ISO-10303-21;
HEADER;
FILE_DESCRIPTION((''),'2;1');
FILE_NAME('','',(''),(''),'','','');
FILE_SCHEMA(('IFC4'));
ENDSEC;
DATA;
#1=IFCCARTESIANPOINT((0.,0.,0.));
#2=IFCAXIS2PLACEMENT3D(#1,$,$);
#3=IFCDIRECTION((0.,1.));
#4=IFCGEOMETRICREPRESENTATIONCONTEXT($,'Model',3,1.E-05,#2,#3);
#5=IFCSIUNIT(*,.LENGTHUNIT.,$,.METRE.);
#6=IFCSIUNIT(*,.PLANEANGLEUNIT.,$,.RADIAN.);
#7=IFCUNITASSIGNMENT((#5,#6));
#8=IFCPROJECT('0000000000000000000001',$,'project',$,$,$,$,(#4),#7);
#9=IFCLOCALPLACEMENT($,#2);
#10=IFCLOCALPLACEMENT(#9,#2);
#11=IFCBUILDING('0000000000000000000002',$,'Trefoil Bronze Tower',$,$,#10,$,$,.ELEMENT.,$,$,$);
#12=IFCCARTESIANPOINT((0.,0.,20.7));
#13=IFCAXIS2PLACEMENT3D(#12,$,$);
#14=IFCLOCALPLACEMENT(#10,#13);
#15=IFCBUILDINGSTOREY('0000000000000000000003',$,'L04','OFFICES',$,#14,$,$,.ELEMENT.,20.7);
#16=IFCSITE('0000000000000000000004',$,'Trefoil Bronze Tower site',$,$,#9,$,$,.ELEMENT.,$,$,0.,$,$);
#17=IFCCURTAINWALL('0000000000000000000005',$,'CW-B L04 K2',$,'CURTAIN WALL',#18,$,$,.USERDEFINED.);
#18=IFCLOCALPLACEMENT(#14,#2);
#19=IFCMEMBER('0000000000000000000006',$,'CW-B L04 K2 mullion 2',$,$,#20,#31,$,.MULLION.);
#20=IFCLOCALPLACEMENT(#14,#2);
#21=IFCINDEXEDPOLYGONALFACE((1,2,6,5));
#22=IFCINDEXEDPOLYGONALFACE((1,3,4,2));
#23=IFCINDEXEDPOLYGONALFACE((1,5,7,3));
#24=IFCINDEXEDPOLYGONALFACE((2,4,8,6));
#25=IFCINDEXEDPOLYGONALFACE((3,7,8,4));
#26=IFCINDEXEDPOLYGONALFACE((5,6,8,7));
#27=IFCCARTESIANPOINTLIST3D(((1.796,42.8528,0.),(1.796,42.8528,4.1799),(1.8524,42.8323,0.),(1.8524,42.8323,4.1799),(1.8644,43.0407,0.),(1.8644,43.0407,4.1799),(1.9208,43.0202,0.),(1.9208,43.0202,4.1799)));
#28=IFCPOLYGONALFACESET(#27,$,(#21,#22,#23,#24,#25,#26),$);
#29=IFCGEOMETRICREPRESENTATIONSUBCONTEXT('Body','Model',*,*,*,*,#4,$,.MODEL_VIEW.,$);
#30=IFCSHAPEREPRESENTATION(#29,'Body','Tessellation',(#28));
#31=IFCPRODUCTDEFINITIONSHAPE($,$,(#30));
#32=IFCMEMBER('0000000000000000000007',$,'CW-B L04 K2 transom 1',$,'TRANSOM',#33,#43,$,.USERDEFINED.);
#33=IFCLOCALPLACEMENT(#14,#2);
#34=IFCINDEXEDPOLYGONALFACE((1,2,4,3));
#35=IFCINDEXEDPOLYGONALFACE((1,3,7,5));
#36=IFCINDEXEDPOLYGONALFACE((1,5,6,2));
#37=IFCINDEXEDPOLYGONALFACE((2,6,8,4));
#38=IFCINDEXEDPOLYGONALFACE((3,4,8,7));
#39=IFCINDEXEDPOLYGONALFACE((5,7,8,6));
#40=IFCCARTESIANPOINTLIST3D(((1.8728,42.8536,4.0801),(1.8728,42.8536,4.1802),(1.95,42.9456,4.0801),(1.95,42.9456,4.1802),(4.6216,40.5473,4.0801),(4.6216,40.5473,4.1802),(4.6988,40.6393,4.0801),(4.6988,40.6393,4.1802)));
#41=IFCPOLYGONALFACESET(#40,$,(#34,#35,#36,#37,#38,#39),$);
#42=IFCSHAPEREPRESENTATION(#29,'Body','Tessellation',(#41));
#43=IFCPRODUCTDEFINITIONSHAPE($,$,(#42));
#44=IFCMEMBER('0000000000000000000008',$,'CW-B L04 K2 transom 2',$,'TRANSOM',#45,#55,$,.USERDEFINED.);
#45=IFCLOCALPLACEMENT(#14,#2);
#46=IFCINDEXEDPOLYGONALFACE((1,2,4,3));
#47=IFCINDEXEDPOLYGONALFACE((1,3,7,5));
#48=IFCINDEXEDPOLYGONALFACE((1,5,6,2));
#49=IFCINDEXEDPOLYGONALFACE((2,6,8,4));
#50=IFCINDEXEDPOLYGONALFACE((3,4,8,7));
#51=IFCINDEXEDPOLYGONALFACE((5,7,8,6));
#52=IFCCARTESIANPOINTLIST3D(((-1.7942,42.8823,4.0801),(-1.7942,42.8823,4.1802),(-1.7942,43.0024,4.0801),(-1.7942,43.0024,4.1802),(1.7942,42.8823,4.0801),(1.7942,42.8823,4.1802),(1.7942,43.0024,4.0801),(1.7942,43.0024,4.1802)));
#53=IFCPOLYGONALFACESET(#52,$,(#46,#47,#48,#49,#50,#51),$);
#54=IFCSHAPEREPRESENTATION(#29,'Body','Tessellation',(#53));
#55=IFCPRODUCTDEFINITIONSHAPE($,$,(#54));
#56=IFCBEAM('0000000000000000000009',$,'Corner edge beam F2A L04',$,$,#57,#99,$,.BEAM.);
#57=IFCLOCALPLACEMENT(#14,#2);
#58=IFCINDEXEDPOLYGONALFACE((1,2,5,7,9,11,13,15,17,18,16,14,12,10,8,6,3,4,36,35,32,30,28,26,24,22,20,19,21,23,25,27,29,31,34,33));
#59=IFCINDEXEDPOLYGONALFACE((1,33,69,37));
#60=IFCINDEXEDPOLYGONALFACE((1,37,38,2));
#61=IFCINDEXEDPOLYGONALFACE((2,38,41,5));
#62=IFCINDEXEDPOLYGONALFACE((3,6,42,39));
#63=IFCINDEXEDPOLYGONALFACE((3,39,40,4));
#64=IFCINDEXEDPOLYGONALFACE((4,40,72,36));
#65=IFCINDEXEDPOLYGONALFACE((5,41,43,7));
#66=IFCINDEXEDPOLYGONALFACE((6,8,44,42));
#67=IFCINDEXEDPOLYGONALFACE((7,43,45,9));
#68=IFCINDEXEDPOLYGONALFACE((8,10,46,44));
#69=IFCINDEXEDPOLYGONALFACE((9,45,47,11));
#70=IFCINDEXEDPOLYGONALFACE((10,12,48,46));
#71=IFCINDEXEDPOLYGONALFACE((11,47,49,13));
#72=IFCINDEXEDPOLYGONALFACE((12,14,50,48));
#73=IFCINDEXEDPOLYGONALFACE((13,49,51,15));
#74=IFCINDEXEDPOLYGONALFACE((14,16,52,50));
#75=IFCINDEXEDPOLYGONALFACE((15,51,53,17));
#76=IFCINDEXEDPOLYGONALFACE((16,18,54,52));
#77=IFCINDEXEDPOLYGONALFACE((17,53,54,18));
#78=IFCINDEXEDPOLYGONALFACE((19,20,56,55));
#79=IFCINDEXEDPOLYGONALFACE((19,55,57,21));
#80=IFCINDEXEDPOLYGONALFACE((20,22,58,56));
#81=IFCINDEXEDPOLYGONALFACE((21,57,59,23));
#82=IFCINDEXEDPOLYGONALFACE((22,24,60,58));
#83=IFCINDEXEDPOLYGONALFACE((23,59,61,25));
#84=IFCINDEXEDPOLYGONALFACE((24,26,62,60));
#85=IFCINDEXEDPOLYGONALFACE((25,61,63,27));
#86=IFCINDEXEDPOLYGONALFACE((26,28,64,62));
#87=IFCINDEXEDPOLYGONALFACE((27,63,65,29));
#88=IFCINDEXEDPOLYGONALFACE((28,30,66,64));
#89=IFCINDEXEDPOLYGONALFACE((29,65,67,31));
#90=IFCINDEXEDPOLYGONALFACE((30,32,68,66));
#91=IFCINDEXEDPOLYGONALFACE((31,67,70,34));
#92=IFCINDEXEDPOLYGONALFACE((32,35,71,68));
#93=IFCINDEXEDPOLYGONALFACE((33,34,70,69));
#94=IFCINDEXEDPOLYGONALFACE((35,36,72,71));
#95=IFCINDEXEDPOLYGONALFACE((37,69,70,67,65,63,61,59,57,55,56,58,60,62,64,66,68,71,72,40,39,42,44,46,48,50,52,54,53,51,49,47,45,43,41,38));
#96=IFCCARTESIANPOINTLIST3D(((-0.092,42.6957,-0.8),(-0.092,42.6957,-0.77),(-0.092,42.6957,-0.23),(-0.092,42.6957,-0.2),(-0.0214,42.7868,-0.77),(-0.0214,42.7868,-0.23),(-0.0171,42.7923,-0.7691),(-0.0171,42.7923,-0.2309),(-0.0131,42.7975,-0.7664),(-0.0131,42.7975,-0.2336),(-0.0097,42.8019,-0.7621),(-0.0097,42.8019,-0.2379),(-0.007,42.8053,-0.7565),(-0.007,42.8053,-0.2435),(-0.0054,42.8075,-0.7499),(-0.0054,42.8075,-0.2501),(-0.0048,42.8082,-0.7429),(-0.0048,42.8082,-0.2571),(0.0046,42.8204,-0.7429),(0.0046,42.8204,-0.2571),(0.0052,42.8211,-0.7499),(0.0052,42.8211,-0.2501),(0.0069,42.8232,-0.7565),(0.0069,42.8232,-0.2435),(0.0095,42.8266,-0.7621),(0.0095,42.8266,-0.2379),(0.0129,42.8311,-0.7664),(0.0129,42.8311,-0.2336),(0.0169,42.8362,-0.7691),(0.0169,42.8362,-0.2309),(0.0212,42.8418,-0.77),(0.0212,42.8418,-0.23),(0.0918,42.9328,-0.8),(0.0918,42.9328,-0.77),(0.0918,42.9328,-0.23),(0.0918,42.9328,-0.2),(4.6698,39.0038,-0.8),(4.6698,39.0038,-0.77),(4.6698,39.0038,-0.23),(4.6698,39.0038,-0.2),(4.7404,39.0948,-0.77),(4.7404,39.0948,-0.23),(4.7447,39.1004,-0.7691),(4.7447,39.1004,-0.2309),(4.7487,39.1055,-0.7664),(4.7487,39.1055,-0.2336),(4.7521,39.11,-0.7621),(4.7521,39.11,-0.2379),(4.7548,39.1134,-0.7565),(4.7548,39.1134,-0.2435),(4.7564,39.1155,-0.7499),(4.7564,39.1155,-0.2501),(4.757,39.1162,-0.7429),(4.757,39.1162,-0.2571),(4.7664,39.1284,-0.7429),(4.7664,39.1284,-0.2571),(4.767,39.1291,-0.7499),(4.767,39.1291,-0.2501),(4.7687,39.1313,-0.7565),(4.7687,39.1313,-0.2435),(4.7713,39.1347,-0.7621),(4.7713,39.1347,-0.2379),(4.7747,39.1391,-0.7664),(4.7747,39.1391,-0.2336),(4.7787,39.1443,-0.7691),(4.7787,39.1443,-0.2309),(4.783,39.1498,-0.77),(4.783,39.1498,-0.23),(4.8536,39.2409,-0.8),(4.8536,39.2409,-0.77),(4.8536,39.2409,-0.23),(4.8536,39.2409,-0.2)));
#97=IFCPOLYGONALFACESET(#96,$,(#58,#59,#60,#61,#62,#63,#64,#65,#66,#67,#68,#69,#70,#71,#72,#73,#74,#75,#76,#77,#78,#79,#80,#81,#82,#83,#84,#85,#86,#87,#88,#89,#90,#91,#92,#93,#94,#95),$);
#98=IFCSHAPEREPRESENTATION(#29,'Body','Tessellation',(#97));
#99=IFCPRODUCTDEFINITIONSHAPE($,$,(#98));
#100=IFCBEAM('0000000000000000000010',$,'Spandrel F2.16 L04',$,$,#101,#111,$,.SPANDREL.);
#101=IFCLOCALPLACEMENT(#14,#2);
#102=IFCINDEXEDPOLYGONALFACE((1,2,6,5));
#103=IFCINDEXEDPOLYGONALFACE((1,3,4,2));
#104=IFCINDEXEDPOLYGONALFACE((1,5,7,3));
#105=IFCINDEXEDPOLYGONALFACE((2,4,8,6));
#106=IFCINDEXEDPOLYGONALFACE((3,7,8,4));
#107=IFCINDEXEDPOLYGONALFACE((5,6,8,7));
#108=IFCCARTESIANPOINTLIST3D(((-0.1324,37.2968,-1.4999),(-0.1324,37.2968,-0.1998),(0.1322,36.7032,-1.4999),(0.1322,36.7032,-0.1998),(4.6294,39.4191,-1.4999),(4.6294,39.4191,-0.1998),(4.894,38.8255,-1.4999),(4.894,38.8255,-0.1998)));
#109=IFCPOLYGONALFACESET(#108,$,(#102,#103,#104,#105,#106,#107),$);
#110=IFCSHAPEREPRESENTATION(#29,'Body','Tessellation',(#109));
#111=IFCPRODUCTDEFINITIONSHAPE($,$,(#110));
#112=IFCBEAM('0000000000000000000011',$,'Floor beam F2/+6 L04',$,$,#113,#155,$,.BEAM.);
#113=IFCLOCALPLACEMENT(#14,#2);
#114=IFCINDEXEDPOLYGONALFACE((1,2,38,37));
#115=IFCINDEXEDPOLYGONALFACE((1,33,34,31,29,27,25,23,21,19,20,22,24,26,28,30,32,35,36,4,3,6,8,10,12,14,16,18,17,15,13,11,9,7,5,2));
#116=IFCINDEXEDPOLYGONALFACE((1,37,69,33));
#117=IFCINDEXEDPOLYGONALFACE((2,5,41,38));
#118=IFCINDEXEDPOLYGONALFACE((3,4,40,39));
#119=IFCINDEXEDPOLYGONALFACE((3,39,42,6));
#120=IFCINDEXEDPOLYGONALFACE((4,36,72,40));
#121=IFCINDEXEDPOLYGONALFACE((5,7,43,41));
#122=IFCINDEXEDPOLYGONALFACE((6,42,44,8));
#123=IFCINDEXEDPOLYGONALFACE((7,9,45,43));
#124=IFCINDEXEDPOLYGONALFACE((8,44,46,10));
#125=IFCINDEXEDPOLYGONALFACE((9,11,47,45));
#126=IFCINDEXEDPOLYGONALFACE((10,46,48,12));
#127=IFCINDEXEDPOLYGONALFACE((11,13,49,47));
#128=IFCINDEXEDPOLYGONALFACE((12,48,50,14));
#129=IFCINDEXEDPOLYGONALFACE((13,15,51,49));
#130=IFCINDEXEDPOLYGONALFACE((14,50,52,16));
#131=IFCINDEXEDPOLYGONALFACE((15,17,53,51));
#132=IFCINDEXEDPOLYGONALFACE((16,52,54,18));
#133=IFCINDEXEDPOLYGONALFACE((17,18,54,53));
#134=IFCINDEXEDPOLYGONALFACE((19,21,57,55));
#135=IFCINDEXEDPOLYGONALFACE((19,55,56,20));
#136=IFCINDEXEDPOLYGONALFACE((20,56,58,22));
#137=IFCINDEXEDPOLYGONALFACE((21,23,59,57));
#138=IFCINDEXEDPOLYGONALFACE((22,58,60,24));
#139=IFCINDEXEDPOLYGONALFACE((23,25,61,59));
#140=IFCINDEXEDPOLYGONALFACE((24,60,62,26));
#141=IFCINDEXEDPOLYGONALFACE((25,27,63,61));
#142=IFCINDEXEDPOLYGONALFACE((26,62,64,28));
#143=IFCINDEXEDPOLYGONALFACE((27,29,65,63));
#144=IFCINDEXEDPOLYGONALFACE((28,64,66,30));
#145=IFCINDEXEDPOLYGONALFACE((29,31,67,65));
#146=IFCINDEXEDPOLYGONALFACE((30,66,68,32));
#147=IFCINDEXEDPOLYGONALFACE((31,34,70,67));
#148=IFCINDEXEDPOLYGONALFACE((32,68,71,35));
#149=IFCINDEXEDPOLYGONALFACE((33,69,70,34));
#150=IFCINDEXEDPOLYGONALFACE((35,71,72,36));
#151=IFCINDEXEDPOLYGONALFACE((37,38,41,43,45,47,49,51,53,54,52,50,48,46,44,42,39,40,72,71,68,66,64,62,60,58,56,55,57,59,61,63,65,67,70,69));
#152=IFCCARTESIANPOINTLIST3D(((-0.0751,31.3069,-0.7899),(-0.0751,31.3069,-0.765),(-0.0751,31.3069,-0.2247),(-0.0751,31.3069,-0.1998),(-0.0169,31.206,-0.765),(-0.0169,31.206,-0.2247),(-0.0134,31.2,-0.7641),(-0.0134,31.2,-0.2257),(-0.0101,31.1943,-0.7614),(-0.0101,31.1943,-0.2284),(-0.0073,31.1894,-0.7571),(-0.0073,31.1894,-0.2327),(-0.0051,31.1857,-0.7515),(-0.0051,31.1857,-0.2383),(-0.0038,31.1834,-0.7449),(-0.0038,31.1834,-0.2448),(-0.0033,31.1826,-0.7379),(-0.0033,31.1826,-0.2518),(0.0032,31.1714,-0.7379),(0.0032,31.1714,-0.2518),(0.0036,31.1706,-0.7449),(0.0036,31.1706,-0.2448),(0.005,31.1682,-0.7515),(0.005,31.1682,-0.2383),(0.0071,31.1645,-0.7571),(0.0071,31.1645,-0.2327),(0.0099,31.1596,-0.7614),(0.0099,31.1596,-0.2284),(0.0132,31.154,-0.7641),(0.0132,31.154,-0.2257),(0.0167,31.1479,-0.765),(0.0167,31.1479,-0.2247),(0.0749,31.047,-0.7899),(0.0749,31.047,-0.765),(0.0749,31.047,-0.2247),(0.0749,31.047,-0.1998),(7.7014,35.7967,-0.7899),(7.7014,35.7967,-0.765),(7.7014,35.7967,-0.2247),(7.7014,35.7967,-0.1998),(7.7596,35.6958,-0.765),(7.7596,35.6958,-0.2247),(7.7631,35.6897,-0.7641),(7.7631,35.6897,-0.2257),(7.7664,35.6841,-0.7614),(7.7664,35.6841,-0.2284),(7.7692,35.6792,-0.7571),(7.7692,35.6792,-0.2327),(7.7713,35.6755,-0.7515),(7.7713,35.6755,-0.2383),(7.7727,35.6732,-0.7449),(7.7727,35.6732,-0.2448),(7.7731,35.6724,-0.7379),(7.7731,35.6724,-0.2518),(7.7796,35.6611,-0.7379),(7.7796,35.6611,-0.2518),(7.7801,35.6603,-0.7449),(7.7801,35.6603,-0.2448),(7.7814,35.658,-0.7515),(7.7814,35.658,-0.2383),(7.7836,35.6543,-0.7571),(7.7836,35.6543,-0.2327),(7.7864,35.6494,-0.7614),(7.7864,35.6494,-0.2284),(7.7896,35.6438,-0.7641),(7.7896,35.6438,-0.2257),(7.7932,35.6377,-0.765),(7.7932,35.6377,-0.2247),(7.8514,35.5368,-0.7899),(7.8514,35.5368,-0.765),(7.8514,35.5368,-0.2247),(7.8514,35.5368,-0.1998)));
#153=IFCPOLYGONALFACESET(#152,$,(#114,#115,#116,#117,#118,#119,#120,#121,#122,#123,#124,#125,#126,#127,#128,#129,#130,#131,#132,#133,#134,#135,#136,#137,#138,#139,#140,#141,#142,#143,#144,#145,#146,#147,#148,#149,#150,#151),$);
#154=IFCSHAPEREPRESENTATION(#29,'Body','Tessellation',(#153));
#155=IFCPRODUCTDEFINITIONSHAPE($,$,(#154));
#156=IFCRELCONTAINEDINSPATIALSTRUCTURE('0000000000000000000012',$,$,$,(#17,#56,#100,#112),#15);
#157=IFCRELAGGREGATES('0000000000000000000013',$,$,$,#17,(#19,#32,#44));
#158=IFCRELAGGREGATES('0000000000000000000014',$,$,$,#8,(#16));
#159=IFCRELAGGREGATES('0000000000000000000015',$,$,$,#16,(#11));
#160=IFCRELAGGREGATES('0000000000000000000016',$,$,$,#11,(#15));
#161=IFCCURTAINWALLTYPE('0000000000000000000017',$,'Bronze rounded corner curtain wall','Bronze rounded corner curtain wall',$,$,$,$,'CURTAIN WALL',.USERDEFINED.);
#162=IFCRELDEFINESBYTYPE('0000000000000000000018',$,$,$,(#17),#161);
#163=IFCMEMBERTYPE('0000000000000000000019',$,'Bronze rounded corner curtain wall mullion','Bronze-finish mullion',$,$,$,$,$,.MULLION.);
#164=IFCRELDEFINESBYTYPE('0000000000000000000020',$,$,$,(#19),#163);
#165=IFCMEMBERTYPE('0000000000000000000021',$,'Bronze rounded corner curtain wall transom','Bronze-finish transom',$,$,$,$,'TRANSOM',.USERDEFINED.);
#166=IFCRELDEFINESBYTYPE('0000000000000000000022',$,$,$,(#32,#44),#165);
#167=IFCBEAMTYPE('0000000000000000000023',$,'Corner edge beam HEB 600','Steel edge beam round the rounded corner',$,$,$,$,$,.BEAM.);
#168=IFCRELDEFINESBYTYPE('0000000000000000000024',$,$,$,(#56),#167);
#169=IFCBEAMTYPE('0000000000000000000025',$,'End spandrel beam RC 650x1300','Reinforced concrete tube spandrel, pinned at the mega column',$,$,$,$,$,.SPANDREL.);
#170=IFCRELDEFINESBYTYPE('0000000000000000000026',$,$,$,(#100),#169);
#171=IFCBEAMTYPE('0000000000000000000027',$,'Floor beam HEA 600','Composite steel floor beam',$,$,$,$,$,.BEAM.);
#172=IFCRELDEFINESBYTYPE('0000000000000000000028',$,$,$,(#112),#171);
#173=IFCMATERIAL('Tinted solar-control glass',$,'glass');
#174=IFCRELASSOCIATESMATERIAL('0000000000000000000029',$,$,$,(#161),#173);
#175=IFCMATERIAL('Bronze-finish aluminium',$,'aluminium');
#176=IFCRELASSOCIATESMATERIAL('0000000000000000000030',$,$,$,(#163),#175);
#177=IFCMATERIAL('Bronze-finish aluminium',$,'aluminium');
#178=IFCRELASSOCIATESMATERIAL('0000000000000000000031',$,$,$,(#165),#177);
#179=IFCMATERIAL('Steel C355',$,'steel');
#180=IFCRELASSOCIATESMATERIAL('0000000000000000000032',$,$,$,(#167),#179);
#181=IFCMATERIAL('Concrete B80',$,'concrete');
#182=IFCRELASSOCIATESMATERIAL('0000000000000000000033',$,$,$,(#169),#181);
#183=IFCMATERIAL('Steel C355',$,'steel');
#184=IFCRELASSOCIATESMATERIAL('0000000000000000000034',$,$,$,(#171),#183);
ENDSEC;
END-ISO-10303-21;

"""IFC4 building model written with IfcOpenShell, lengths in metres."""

from ifc_helpers import new_model, si_unit, direction, frame, origin, origin_2d, place, context, subcontext, project, spatial, rectangle, i_section, extrude, material, material_profile, profile_set, type_object, element, aggregate, save


model = new_model("IFC4")

# Units and contexts
model_context = context("Model", 3, precision=1e-05, world=origin(), true_north=direction((0.0, 1.0)))
body_context = subcontext(model_context, "Body", "Model", "MODEL_VIEW")
ifc_project = project(units=[si_unit("LENGTHUNIT", "METRE"), si_unit("PLANEANGLEUNIT", "RADIAN")], contexts=[model_context])

# Site, building, storey
site_placement = place(None, origin())
site = spatial("IfcSite", under=ifc_project, at=site_placement, Name="Trefoil Bronze Tower site", CompositionType="ELEMENT", RefElevation=0.0)
building_placement = place(site_placement, origin())
building = spatial("IfcBuilding", under=site, at=building_placement, Name="Trefoil Bronze Tower", CompositionType="ELEMENT")
storey_placement = place(building_placement, frame((0.0, 0.0, 20.7)))
storey = spatial("IfcBuildingStorey", under=building, at=storey_placement, Name="L04", Description="OFFICES", CompositionType="ELEMENT", Elevation=20.7)

# Curtain wall, members
ifc_material_1 = material(Name="Tinted solar-control glass", Category="glass")
curtain_wall_type_1 = type_object("IfcCurtainWallType", Name="Bronze rounded corner curtain wall", Description="Bronze rounded corner curtain wall", ElementType="CURTAIN WALL", PredefinedType="USERDEFINED", material=ifc_material_1)
curtain_wall_1_placement = place(storey_placement, origin())
curtain_wall_1 = element("IfcCurtainWall", 1, at=curtain_wall_1_placement, inside=storey, type_object=curtain_wall_type_1, Name="CW-B L04 K2", ObjectType="CURTAIN WALL", PredefinedType="USERDEFINED")
ifc_material_2 = material(Name="Bronze-finish aluminium", Category="aluminium")
ifc_material_profile_1 = material_profile(ifc_material_2, rectangle(XDim=0.2, YDim=0.0601, at=origin_2d()), Name="CW-B mullion")
ifc_profile_set_1 = profile_set([ifc_material_profile_1], Name="Bronze-finish aluminium")
member_type_1 = type_object("IfcMemberType", Name="Bronze rounded corner curtain wall mullion", Description="Bronze-finish mullion", PredefinedType="MULLION", material=ifc_profile_set_1)
member_1_placement = place(storey_placement, frame((1.8584, 42.9365, 0.0), z_axis=(0.0, 0.0, 1.0), x_axis=(-0.34202, -0.939693, 0.0)))
member_1 = element("IfcMember", 2, at=member_1_placement, type_object=member_type_1, Name="CW-B L04 K2 mullion 2", PredefinedType="MULLION", context=body_context, shape_type="SweptSolid", body=[
    extrude(rectangle(XDim=0.2, YDim=0.0601, at=origin_2d()), origin(), (0.0, 0.0, 1.0), 4.1799),
])
ifc_material_3 = material(Name="Bronze-finish aluminium", Category="aluminium")
ifc_material_profile_2 = material_profile(ifc_material_3, rectangle(XDim=0.1201, YDim=0.1001, at=origin_2d()), Name="CW-B transom")
ifc_profile_set_2 = profile_set([ifc_material_profile_2], Name="Bronze-finish aluminium")
member_type_2 = type_object("IfcMemberType", Name="Bronze rounded corner curtain wall transom", Description="Bronze-finish transom", ElementType="TRANSOM", PredefinedType="USERDEFINED", material=ifc_profile_set_2)
member_2_placement = place(storey_placement, frame((4.6602, 40.5933, 4.1301), z_axis=(-0.766059, 0.642771, 0.0), x_axis=(-0.642771, -0.766059, 0.0)))
member_2 = element("IfcMember", 3, at=member_2_placement, type_object=member_type_2, Name="CW-B L04 K2 transom 1", ObjectType="TRANSOM", PredefinedType="USERDEFINED", context=body_context, shape_type="SweptSolid", body=[
    extrude(rectangle(XDim=0.1201, YDim=0.1001, at=origin_2d()), origin(), (0.0, 0.0, 1.0), 3.5881),
])
member_3_placement = place(storey_placement, frame((1.7942, 42.9424, 4.1301), z_axis=(-1.0, 0.0, 0.0), x_axis=(0.0, -1.0, 0.0)))
member_3 = element("IfcMember", 4, at=member_3_placement, type_object=member_type_2, Name="CW-B L04 K2 transom 2", ObjectType="TRANSOM", PredefinedType="USERDEFINED", context=body_context, shape_type="SweptSolid", body=[
    extrude(rectangle(XDim=0.1201, YDim=0.1001, at=origin_2d()), origin(), (0.0, 0.0, 1.0), 3.5884),
])

# Beams
ifc_material_4 = material(Name="Steel C355", Category="steel")
ifc_material_profile_3 = material_profile(ifc_material_4, i_section(OverallWidth=0.3, OverallDepth=0.6001, WebThickness=0.0154, FlangeThickness=0.03, FilletRadius=0.0271, at=origin_2d()), Name="HEB 600")
ifc_profile_set_3 = profile_set([ifc_material_profile_3], Name="Steel C355")
beam_type_1 = type_object("IfcBeamType", Name="Corner edge beam HEB 600", Description="Steel edge beam round the rounded corner", PredefinedType="BEAM", material=ifc_profile_set_3)
beam_1_placement = place(storey_placement, frame((4.7617, 39.1223, -0.5), z_axis=(-0.790289, 0.612734, 0.0), x_axis=(-0.612734, -0.790289, 0.0)))
element("IfcBeam", 5, at=beam_1_placement, inside=storey, type_object=beam_type_1, Name="Corner edge beam F2A L04", PredefinedType="BEAM", context=body_context, shape_type="SweptSolid", body=[
    extrude(i_section(OverallWidth=0.3, OverallDepth=0.6001, WebThickness=0.0154, FlangeThickness=0.03, FilletRadius=0.0271, at=origin_2d()), origin(), (0.0, 0.0, 1.0), 6.0254),
])
ifc_material_5 = material(Name="Concrete B80", Category="concrete")
ifc_material_profile_4 = material_profile(ifc_material_5, rectangle(XDim=0.6499, YDim=1.3, at=origin_2d()), Name="RC 650x1300")
ifc_profile_set_4 = profile_set([ifc_material_profile_4], Name="Concrete B80")
beam_type_2 = type_object("IfcBeamType", Name="End spandrel beam RC 650x1300", Description="Reinforced concrete tube spandrel, pinned at the mega column", PredefinedType="SPANDREL", material=ifc_profile_set_4)
beam_2_placement = place(storey_placement, frame((4.7617, 39.1223, -0.8499), z_axis=(-0.913384, -0.407099, 0.0), x_axis=(0.407099, -0.913384, 0.0)))
element("IfcBeam", 6, at=beam_2_placement, inside=storey, type_object=beam_type_2, Name="Spandrel F2.16 L04", PredefinedType="SPANDREL", context=body_context, shape_type="SweptSolid", body=[
    extrude(rectangle(XDim=0.6499, YDim=1.3, at=origin_2d()), origin(), (0.0, 0.0, 1.0), 5.2134),
])
ifc_material_6 = material(Name="Steel C355", Category="steel")
ifc_material_profile_5 = material_profile(ifc_material_6, i_section(OverallWidth=0.3, OverallDepth=0.5901, WebThickness=0.0129, FlangeThickness=0.0249, FilletRadius=0.0271, at=origin_2d()), Name="HEA 600")
ifc_profile_set_5 = profile_set([ifc_material_profile_5], Name="Steel C355")
beam_type_3 = type_object("IfcBeamType", Name="Floor beam HEA 600", Description="Composite steel floor beam", PredefinedType="BEAM", material=ifc_profile_set_5)
beam_3_placement = place(storey_placement, frame((7.7764, 35.6667, -0.4949), z_axis=(-0.866023, -0.500005, 0.0), x_axis=(0.500005, -0.866023, 0.0)))
element("IfcBeam", 7, at=beam_3_placement, inside=storey, type_object=beam_type_3, Name="Floor beam F2/+6 L04", PredefinedType="BEAM", context=body_context, shape_type="SweptSolid", body=[
    extrude(i_section(OverallWidth=0.3, OverallDepth=0.5901, WebThickness=0.0129, FlangeThickness=0.0249, FilletRadius=0.0271, at=origin_2d()), origin(), (0.0, 0.0, 1.0), 8.9795),
])

aggregate(curtain_wall_1, [member_1, member_2, member_3])

save(model, "model.ifc")
